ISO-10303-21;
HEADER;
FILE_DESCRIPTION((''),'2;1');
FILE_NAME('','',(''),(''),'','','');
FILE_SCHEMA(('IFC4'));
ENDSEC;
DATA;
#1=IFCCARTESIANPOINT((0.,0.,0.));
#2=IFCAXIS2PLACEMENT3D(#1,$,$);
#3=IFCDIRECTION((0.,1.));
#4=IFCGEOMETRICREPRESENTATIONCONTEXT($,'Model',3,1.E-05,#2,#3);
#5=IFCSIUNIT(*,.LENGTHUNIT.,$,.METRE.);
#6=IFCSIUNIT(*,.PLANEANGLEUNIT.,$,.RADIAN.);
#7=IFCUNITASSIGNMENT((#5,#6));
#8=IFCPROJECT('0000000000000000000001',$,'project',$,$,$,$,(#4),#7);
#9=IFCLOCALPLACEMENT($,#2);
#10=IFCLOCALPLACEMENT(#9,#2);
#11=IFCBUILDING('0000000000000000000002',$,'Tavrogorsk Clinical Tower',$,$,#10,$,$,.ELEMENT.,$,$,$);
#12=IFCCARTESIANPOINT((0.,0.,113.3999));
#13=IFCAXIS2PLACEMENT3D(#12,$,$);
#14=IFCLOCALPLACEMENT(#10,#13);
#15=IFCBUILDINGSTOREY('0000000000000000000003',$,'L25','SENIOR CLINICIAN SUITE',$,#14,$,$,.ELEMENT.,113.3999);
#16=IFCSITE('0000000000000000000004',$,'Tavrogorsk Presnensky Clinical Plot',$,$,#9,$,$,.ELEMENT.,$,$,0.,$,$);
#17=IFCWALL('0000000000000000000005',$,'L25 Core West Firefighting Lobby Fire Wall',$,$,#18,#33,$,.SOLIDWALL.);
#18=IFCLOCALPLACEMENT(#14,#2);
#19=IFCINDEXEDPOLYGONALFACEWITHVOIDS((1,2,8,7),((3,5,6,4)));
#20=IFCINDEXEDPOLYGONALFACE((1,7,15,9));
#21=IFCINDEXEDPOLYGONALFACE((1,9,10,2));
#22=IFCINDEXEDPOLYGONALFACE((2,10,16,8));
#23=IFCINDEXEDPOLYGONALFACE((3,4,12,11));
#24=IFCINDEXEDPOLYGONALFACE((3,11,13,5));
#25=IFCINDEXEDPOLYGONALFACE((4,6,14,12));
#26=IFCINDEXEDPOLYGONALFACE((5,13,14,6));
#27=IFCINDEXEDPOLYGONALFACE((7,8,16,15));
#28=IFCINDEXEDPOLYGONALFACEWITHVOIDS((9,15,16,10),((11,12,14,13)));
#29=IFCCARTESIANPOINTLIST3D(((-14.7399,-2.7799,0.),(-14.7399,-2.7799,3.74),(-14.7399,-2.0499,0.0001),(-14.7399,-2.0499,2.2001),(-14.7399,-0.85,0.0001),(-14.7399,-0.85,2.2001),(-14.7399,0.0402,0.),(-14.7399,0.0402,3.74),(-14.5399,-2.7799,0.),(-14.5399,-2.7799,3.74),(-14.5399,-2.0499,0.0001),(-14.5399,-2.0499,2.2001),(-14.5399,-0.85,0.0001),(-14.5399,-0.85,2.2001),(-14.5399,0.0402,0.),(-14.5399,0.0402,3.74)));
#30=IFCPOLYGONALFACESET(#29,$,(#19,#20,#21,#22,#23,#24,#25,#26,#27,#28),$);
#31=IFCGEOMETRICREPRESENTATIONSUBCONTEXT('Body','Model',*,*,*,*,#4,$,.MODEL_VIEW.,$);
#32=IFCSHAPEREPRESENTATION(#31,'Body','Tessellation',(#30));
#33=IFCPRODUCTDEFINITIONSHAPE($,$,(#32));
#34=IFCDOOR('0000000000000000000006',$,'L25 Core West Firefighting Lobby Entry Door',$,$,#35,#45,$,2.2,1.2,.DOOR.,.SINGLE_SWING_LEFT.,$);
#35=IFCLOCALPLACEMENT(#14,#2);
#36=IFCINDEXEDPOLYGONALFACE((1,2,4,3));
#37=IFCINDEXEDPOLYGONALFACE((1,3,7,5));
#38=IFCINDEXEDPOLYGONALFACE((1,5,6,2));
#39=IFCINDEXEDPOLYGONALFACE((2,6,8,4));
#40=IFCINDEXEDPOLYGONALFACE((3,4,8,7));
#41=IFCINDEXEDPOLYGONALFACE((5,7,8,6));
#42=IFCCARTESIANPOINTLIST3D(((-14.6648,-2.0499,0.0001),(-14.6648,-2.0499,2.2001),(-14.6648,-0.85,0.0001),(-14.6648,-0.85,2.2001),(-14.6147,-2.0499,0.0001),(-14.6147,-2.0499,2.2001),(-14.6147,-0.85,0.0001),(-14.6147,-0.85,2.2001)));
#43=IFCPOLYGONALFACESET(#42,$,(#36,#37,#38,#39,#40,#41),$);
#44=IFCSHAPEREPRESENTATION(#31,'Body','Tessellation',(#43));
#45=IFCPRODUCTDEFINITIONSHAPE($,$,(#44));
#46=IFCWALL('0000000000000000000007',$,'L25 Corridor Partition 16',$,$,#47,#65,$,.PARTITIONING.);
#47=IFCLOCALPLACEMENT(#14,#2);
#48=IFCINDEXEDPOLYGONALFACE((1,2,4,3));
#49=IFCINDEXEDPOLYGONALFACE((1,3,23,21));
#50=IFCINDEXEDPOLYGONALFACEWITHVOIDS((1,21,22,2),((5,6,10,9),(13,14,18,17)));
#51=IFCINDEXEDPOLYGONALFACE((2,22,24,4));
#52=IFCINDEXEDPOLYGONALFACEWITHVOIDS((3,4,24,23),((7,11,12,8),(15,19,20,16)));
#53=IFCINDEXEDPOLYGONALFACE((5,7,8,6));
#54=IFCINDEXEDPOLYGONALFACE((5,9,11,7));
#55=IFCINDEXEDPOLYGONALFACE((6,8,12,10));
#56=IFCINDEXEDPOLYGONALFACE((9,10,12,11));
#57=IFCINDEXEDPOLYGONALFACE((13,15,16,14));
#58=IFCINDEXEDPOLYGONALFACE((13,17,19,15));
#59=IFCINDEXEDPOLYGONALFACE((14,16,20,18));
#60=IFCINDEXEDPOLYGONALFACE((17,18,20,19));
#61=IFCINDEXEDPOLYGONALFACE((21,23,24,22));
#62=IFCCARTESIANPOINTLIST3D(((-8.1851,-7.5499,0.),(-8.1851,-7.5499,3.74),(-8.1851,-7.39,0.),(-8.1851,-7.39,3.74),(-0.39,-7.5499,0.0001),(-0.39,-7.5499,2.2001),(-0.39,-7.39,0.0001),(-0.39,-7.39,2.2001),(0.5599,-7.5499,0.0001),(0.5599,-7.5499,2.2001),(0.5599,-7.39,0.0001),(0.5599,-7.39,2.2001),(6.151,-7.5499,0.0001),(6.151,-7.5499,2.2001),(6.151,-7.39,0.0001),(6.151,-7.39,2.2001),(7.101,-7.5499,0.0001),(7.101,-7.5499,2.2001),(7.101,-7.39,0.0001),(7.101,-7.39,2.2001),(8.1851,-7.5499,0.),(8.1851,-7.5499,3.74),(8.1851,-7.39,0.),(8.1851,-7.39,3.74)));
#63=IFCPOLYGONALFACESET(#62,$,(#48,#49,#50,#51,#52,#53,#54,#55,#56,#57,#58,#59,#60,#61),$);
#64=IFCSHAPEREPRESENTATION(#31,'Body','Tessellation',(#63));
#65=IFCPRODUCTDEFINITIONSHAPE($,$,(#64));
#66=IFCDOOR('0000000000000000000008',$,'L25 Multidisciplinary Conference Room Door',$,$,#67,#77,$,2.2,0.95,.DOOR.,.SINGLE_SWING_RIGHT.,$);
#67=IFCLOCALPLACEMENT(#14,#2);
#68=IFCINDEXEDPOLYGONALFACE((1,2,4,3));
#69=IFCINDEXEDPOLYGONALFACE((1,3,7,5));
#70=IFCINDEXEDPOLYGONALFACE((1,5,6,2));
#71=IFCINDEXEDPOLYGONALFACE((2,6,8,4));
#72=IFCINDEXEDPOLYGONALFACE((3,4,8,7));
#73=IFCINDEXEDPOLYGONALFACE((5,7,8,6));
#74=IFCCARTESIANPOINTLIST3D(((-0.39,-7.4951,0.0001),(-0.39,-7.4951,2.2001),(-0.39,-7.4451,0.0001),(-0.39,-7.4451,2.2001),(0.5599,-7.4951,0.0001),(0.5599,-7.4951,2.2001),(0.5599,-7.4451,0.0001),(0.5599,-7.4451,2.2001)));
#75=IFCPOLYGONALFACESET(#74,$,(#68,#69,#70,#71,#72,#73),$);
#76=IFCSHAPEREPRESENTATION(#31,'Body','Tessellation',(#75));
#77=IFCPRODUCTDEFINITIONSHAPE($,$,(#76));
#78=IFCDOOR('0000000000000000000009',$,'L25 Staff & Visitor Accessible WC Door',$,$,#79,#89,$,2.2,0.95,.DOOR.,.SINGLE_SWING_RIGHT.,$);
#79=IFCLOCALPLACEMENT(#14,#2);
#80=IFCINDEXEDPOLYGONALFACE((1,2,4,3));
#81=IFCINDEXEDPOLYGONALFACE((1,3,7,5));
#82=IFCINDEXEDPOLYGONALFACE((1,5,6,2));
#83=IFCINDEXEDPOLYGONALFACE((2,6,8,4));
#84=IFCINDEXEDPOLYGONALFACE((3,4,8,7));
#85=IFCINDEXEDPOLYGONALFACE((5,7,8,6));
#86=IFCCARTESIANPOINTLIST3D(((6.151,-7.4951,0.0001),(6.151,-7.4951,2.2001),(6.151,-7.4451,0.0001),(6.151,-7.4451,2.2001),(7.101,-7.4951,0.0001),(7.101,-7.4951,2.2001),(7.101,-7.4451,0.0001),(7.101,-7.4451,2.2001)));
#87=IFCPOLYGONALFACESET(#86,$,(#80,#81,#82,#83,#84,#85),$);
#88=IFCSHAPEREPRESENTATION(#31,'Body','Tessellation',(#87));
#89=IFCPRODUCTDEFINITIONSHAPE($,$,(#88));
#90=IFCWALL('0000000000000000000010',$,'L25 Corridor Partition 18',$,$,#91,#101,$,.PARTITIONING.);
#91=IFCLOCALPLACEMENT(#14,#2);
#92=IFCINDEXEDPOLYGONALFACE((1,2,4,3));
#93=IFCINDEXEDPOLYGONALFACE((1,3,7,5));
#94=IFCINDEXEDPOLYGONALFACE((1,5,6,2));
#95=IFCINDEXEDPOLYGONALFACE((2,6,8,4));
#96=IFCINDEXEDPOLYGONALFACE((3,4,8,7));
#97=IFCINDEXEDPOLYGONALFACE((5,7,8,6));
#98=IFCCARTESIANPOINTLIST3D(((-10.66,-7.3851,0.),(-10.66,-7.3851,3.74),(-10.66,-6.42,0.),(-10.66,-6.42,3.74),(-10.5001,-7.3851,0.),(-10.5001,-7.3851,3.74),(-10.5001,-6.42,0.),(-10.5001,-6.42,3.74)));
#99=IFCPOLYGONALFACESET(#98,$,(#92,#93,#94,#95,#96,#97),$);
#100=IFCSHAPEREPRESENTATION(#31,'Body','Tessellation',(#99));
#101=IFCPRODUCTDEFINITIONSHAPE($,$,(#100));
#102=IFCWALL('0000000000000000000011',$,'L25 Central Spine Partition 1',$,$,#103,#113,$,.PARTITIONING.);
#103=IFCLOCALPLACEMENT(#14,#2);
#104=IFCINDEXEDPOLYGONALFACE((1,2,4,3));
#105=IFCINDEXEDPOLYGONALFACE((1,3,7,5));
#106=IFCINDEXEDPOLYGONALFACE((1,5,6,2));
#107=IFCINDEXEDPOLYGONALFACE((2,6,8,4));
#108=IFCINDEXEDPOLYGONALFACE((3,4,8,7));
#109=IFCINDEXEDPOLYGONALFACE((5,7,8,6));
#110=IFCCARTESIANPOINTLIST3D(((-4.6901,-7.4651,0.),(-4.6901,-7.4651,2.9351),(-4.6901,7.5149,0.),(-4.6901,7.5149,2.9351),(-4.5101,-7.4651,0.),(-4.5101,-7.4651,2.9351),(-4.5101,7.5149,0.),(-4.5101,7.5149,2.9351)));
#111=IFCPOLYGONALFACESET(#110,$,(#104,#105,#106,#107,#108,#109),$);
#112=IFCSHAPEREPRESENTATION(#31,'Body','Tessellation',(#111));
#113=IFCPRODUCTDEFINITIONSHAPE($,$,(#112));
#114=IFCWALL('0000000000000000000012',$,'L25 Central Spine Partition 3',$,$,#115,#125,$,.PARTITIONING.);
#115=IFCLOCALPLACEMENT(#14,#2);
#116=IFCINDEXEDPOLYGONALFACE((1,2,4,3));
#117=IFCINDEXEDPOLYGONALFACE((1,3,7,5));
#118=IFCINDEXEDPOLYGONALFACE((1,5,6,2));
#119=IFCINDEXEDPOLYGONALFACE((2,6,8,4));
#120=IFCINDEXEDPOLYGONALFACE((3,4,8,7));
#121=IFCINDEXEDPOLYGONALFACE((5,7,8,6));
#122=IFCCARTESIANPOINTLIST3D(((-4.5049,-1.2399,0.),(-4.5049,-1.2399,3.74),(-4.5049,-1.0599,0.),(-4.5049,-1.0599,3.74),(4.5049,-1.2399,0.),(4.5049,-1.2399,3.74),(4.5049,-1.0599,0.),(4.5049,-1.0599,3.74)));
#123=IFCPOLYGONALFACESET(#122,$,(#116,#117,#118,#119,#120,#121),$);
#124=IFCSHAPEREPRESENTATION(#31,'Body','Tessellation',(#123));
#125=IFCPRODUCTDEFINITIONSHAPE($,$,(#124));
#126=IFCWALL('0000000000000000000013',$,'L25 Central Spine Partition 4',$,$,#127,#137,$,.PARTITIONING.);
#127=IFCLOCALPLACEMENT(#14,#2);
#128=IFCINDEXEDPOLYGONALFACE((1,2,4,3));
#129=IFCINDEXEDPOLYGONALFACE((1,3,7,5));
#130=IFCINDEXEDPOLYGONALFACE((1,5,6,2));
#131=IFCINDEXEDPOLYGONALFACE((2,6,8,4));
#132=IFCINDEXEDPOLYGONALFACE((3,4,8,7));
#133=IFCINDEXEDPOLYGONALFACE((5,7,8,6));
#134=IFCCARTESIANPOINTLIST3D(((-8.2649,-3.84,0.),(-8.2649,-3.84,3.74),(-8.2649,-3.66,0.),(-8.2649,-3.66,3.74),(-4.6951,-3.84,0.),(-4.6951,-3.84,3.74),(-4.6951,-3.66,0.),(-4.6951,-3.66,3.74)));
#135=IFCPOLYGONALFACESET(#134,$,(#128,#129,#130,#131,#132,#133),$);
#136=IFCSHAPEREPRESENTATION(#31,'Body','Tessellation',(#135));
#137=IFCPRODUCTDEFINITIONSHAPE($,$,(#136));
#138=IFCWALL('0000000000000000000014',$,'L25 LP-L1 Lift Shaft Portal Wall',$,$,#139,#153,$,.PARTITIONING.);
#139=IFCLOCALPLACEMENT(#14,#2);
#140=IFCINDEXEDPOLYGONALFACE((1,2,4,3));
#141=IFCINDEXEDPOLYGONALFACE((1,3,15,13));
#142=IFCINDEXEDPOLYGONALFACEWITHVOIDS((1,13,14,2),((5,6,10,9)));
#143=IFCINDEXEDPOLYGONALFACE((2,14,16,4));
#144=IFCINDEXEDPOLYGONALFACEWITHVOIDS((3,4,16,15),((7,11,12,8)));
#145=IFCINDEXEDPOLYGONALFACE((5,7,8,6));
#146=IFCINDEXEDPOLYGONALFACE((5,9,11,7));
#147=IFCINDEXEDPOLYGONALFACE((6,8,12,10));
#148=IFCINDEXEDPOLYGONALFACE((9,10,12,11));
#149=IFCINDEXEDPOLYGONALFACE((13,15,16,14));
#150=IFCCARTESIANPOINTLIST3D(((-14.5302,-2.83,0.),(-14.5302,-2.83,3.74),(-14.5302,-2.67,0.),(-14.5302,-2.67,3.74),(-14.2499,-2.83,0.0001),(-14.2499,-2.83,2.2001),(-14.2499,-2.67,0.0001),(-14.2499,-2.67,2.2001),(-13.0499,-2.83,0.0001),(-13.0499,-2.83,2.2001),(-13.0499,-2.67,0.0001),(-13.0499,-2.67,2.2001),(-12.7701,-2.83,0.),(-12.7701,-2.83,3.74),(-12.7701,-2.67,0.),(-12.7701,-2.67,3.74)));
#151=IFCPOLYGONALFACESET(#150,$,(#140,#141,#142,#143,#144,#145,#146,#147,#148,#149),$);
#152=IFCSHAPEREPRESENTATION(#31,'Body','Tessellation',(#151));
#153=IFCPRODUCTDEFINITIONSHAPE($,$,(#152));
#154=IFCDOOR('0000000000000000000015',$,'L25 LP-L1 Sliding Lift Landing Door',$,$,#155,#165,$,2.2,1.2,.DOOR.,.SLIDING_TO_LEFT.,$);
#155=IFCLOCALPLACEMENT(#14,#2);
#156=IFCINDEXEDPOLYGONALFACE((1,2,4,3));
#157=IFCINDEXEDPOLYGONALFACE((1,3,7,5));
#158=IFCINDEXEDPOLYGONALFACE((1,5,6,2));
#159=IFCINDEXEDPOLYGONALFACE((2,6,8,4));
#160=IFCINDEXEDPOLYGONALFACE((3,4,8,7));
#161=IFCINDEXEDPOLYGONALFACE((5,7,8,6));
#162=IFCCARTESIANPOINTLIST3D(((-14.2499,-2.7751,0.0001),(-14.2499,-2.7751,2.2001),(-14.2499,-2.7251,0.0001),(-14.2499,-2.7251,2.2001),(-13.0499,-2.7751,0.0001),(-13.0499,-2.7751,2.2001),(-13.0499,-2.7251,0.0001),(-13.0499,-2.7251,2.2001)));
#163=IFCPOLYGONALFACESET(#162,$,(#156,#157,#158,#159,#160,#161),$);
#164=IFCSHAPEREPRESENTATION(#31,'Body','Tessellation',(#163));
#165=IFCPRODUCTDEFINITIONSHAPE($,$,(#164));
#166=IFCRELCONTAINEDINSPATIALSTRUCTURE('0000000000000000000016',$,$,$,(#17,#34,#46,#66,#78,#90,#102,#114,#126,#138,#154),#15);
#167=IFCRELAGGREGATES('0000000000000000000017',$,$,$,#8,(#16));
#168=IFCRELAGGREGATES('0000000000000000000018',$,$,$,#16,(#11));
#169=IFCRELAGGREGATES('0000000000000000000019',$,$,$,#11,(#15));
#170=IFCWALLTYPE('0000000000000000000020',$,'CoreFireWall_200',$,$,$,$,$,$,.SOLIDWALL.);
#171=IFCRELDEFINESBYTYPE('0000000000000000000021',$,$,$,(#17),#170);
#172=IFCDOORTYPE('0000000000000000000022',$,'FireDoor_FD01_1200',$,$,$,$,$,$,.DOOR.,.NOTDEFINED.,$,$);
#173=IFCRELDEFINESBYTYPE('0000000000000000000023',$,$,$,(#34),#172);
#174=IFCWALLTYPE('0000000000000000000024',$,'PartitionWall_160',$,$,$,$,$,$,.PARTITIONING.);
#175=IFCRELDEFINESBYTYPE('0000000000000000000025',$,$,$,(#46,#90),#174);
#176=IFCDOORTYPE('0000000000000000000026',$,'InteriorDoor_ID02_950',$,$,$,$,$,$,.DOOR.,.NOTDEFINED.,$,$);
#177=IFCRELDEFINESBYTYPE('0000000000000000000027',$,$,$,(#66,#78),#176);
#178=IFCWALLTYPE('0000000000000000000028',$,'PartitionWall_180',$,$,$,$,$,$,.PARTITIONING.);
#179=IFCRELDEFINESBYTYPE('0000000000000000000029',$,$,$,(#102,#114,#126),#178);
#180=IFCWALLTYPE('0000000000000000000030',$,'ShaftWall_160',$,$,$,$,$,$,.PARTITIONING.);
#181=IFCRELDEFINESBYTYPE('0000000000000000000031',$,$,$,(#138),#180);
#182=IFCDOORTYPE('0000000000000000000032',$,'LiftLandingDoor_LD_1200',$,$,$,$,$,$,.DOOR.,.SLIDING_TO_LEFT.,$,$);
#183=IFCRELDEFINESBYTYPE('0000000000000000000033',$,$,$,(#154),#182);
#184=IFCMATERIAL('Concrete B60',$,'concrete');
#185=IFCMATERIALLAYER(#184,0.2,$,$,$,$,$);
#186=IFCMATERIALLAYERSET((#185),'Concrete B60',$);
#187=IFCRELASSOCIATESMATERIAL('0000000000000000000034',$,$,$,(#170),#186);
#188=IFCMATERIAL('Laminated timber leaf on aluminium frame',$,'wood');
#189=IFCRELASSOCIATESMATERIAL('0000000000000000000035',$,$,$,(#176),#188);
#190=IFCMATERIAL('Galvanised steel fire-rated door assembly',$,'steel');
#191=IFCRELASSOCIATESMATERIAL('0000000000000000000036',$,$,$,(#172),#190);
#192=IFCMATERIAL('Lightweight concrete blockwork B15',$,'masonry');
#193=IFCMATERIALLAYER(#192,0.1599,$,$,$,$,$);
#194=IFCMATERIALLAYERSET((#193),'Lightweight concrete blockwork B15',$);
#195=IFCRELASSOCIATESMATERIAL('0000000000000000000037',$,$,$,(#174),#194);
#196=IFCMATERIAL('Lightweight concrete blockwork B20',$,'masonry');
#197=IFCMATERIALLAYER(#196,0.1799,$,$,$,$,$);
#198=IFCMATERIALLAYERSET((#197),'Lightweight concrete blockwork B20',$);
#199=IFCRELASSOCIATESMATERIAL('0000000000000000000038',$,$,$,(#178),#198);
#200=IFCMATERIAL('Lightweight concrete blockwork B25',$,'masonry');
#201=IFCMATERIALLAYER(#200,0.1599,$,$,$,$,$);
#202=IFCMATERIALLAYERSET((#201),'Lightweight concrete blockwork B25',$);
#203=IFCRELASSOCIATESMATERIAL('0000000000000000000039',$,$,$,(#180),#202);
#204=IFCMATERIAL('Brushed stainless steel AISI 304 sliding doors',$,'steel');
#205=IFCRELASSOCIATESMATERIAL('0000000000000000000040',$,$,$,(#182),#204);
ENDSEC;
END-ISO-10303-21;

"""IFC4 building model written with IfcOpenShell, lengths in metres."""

from ifc_helpers import new_model, si_unit, direction, frame, frame_2d, origin, place, context, subcontext, project, spatial, rectangle, extrude, material, layer, layer_set, type_object, element, fill, save


model = new_model("IFC4")

# Units and contexts
model_context = context("Model", 3, precision=1e-05, world=origin(), true_north=direction((0.0, 1.0)))
body_context = subcontext(model_context, "Body", "Model", "MODEL_VIEW")
ifc_project = project(units=[si_unit("LENGTHUNIT", "METRE"), si_unit("PLANEANGLEUNIT", "RADIAN")], contexts=[model_context])

# Site, building, storey
site_placement = place(None, origin())
site = spatial("IfcSite", under=ifc_project, at=site_placement, Name="Tavrogorsk Presnensky Clinical Plot", CompositionType="ELEMENT", RefElevation=0.0)
building_placement = place(site_placement, origin())
building = spatial("IfcBuilding", under=site, at=building_placement, Name="Tavrogorsk Clinical Tower", CompositionType="ELEMENT")
storey_placement = place(building_placement, frame((0.0, 0.0, 113.3999)))
storey = spatial("IfcBuildingStorey", under=building, at=storey_placement, Name="L25", Description="SENIOR CLINICIAN SUITE", CompositionType="ELEMENT", Elevation=113.3999)

# Wall, opening, door
ifc_material_1 = material(Name="Concrete B60", Category="concrete")
ifc_layer_1 = layer(ifc_material_1, 0.2)
ifc_layer_set_1 = layer_set([ifc_layer_1], Name="Concrete B60")
wall_type_1 = type_object("IfcWallType", Name="CoreFireWall_200", PredefinedType="SOLIDWALL", material=ifc_layer_set_1)
ifc_material_2 = material(Name="Laminated timber leaf on aluminium frame", Category="wood")
door_type_1 = type_object("IfcDoorType", Name="InteriorDoor_ID02_950", OperationType="NOTDEFINED", PredefinedType="DOOR", material=ifc_material_2)
wall_1_placement = place(storey_placement, frame((-14.6399, -2.78, 0.0), z_axis=(0.0, 0.0, 1.0), x_axis=(0.0, 1.0, 0.0)))
wall_1 = element("IfcWall", 1, at=wall_1_placement, inside=storey, type_object=wall_type_1, Name="L25 Core West Firefighting Lobby Fire Wall", PredefinedType="SOLIDWALL", context=body_context, shape_type="SweptSolid", body=[
    extrude(rectangle(XDim=2.8201, YDim=0.2, at=frame_2d((1.4102, 0.0))), origin(), (0.0, 0.0, 1.0), 3.74),
])
opening_1_placement = place(wall_1_placement, frame((0.73, 0.0, 0.0)))
opening_1 = element("IfcOpeningElement", 2, at=opening_1_placement, cuts=wall_1, PredefinedType="OPENING", context=body_context, shape_type="SweptSolid", body=[
    extrude(rectangle(XDim=1.2, YDim=2.2, at=frame_2d((0.6001, 1.1001))), frame((0.0, 0.1099, 0.0), z_axis=(0.0, -1.0, 0.0), x_axis=(1.0, 0.0, 0.0)), (0.0, 0.0, 1.0), 0.22),
])
ifc_material_3 = material(Name="Galvanised steel fire-rated door assembly", Category="steel")
door_type_2 = type_object("IfcDoorType", Name="FireDoor_FD01_1200", OperationType="NOTDEFINED", PredefinedType="DOOR", material=ifc_material_3)
door_1_placement = place(opening_1_placement, origin())
door_1 = element("IfcDoor", 3, at=door_1_placement, inside=storey, type_object=door_type_2, Name="L25 Core West Firefighting Lobby Entry Door", OperationType="SINGLE_SWING_LEFT", OverallHeight=2.2, OverallWidth=1.2, PredefinedType="DOOR", context=body_context, shape_type="SweptSolid", body=[
    extrude(rectangle(XDim=1.2, YDim=2.2, at=frame_2d((0.6001, 1.1001))), frame((0.0, 0.0249, 0.0), z_axis=(0.0, -1.0, 0.0), x_axis=(1.0, 0.0, 0.0)), (0.0, 0.0, 1.0), 0.05),
])
fill(opening_1, door_1)

# Wall, openings, doors
ifc_material_4 = material(Name="Lightweight concrete blockwork B15", Category="masonry")
ifc_layer_2 = layer(ifc_material_4, 0.1599)
ifc_layer_set_2 = layer_set([ifc_layer_2], Name="Lightweight concrete blockwork B15")
wall_type_2 = type_object("IfcWallType", Name="PartitionWall_160", PredefinedType="PARTITIONING", material=ifc_layer_set_2)
wall_2_placement = place(storey_placement, frame((-8.1851, -7.47, 0.0), z_axis=(0.0, 0.0, 1.0), x_axis=(1.0, 0.0, 0.0)))
wall_2 = element("IfcWall", 4, at=wall_2_placement, inside=storey, type_object=wall_type_2, Name="L25 Corridor Partition 16", PredefinedType="PARTITIONING", context=body_context, shape_type="SweptSolid", body=[
    extrude(rectangle(XDim=16.3701, YDim=0.1599, at=frame_2d((8.1851, 0.0))), origin(), (0.0, 0.0, 1.0), 3.74),
])
opening_2_placement = place(wall_2_placement, frame((7.7949, 0.0, 0.0)))
opening_2 = element("IfcOpeningElement", 5, at=opening_2_placement, cuts=wall_2, PredefinedType="OPENING", context=body_context, shape_type="SweptSolid", body=[
    extrude(rectangle(XDim=0.95, YDim=2.2, at=frame_2d((0.4751, 1.1001))), frame((0.0, 0.0898, 0.0), z_axis=(0.0, -1.0, 0.0), x_axis=(1.0, 0.0, 0.0)), (0.0, 0.0, 1.0), 0.1799),
])
opening_3_placement = place(wall_2_placement, frame((14.3359, 0.0, 0.0)))
opening_3 = element("IfcOpeningElement", 6, at=opening_3_placement, cuts=wall_2, PredefinedType="OPENING", context=body_context, shape_type="SweptSolid", body=[
    extrude(rectangle(XDim=0.95, YDim=2.2, at=frame_2d((0.4751, 1.1001))), frame((0.0, 0.0898, 0.0), z_axis=(0.0, -1.0, 0.0), x_axis=(1.0, 0.0, 0.0)), (0.0, 0.0, 1.0), 0.1799),
])
door_2_placement = place(opening_2_placement, origin())
door_2 = element("IfcDoor", 7, at=door_2_placement, inside=storey, type_object=door_type_1, Name="L25 Multidisciplinary Conference Room Door", OperationType="SINGLE_SWING_RIGHT", OverallHeight=2.2, OverallWidth=0.95, PredefinedType="DOOR", context=body_context, shape_type="SweptSolid", body=[
    extrude(rectangle(XDim=0.95, YDim=2.2, at=frame_2d((0.4751, 1.1001))), frame((0.0, 0.0249, 0.0), z_axis=(0.0, -1.0, 0.0), x_axis=(1.0, 0.0, 0.0)), (0.0, 0.0, 1.0), 0.05),
])
fill(opening_2, door_2)
door_3_placement = place(opening_3_placement, origin())
door_3 = element("IfcDoor", 8, at=door_3_placement, inside=storey, type_object=door_type_1, Name="L25 Staff & Visitor Accessible WC Door", OperationType="SINGLE_SWING_RIGHT", OverallHeight=2.2, OverallWidth=0.95, PredefinedType="DOOR", context=body_context, shape_type="SweptSolid", body=[
    extrude(rectangle(XDim=0.95, YDim=2.2, at=frame_2d((0.4751, 1.1001))), frame((0.0, 0.0249, 0.0), z_axis=(0.0, -1.0, 0.0), x_axis=(1.0, 0.0, 0.0)), (0.0, 0.0, 1.0), 0.05),
])
fill(opening_3, door_3)

# Walls
wall_3_placement = place(storey_placement, frame((-10.5801, -7.385, 0.0), z_axis=(0.0, 0.0, 1.0), x_axis=(0.0, 1.0, 0.0)))
element("IfcWall", 9, at=wall_3_placement, inside=storey, type_object=wall_type_2, Name="L25 Corridor Partition 18", PredefinedType="PARTITIONING", context=body_context, shape_type="SweptSolid", body=[
    extrude(rectangle(XDim=0.9651, YDim=0.1599, at=frame_2d((0.4824, 0.0))), origin(), (0.0, 0.0, 1.0), 3.74),
])
ifc_material_5 = material(Name="Lightweight concrete blockwork B20", Category="masonry")
ifc_layer_3 = layer(ifc_material_5, 0.1799)
ifc_layer_set_3 = layer_set([ifc_layer_3], Name="Lightweight concrete blockwork B20")
wall_type_3 = type_object("IfcWallType", Name="PartitionWall_180", PredefinedType="PARTITIONING", material=ifc_layer_set_3)
wall_4_placement = place(storey_placement, frame((-4.6001, -7.4651, 0.0), z_axis=(0.0, 0.0, 1.0), x_axis=(0.0, 1.0, 0.0)))
element("IfcWall", 10, at=wall_4_placement, inside=storey, type_object=wall_type_3, Name="L25 Central Spine Partition 1", PredefinedType="PARTITIONING", context=body_context, shape_type="SweptSolid", body=[
    extrude(rectangle(XDim=14.98, YDim=0.1799, at=frame_2d((7.49, 0.0))), origin(), (0.0, 0.0, 1.0), 2.9351),
])
wall_5_placement = place(storey_placement, frame((-4.5049, -1.1499, 0.0), z_axis=(0.0, 0.0, 1.0), x_axis=(1.0, 0.0, 0.0)))
element("IfcWall", 11, at=wall_5_placement, inside=storey, type_object=wall_type_3, Name="L25 Central Spine Partition 3", PredefinedType="PARTITIONING", context=body_context, shape_type="SweptSolid", body=[
    extrude(rectangle(XDim=9.0098, YDim=0.1799, at=frame_2d((4.5049, 0.0))), origin(), (0.0, 0.0, 1.0), 3.74),
])
wall_6_placement = place(storey_placement, frame((-8.2649, -3.75, 0.0), z_axis=(0.0, 0.0, 1.0), x_axis=(1.0, 0.0, 0.0)))
element("IfcWall", 12, at=wall_6_placement, inside=storey, type_object=wall_type_3, Name="L25 Central Spine Partition 4", PredefinedType="PARTITIONING", context=body_context, shape_type="SweptSolid", body=[
    extrude(rectangle(XDim=3.5698, YDim=0.1799, at=frame_2d((1.7849, 0.0))), origin(), (0.0, 0.0, 1.0), 3.74),
])

# Wall, opening, door
ifc_material_6 = material(Name="Lightweight concrete blockwork B25", Category="masonry")
ifc_layer_4 = layer(ifc_material_6, 0.1599)
ifc_layer_set_4 = layer_set([ifc_layer_4], Name="Lightweight concrete blockwork B25")
wall_type_4 = type_object("IfcWallType", Name="ShaftWall_160", PredefinedType="PARTITIONING", material=ifc_layer_set_4)
wall_7_placement = place(storey_placement, frame((-14.53, -2.75, 0.0), z_axis=(0.0, 0.0, 1.0), x_axis=(1.0, 0.0, 0.0)))
wall_7 = element("IfcWall", 13, at=wall_7_placement, inside=storey, type_object=wall_type_4, Name="L25 LP-L1 Lift Shaft Portal Wall", PredefinedType="PARTITIONING", context=body_context, shape_type="SweptSolid", body=[
    extrude(rectangle(XDim=1.76, YDim=0.1599, at=frame_2d((0.8799, 0.0))), origin(), (0.0, 0.0, 1.0), 3.74),
])
opening_4_placement = place(wall_7_placement, frame((0.28, 0.0, 0.0)))
opening_4 = element("IfcOpeningElement", 14, at=opening_4_placement, cuts=wall_7, PredefinedType="OPENING", context=body_context, shape_type="SweptSolid", body=[
    extrude(rectangle(XDim=1.2, YDim=2.2, at=frame_2d((0.6001, 1.1001))), frame((0.0, 0.0898, 0.0), z_axis=(0.0, -1.0, 0.0), x_axis=(1.0, 0.0, 0.0)), (0.0, 0.0, 1.0), 0.1799),
])
ifc_material_7 = material(Name="Brushed stainless steel AISI 304 sliding doors", Category="steel")
door_type_3 = type_object("IfcDoorType", Name="LiftLandingDoor_LD_1200", OperationType="SLIDING_TO_LEFT", PredefinedType="DOOR", material=ifc_material_7)
door_4_placement = place(opening_4_placement, origin())
door_4 = element("IfcDoor", 15, at=door_4_placement, inside=storey, type_object=door_type_3, Name="L25 LP-L1 Sliding Lift Landing Door", OperationType="SLIDING_TO_LEFT", OverallHeight=2.2, OverallWidth=1.2, PredefinedType="DOOR", context=body_context, shape_type="SweptSolid", body=[
    extrude(rectangle(XDim=1.2, YDim=2.2, at=frame_2d((0.6001, 1.1001))), frame((0.0, 0.0249, 0.0), z_axis=(0.0, -1.0, 0.0), x_axis=(1.0, 0.0, 0.0)), (0.0, 0.0, 1.0), 0.05),
])
fill(opening_4, door_4)

save(model, "model.ifc")
